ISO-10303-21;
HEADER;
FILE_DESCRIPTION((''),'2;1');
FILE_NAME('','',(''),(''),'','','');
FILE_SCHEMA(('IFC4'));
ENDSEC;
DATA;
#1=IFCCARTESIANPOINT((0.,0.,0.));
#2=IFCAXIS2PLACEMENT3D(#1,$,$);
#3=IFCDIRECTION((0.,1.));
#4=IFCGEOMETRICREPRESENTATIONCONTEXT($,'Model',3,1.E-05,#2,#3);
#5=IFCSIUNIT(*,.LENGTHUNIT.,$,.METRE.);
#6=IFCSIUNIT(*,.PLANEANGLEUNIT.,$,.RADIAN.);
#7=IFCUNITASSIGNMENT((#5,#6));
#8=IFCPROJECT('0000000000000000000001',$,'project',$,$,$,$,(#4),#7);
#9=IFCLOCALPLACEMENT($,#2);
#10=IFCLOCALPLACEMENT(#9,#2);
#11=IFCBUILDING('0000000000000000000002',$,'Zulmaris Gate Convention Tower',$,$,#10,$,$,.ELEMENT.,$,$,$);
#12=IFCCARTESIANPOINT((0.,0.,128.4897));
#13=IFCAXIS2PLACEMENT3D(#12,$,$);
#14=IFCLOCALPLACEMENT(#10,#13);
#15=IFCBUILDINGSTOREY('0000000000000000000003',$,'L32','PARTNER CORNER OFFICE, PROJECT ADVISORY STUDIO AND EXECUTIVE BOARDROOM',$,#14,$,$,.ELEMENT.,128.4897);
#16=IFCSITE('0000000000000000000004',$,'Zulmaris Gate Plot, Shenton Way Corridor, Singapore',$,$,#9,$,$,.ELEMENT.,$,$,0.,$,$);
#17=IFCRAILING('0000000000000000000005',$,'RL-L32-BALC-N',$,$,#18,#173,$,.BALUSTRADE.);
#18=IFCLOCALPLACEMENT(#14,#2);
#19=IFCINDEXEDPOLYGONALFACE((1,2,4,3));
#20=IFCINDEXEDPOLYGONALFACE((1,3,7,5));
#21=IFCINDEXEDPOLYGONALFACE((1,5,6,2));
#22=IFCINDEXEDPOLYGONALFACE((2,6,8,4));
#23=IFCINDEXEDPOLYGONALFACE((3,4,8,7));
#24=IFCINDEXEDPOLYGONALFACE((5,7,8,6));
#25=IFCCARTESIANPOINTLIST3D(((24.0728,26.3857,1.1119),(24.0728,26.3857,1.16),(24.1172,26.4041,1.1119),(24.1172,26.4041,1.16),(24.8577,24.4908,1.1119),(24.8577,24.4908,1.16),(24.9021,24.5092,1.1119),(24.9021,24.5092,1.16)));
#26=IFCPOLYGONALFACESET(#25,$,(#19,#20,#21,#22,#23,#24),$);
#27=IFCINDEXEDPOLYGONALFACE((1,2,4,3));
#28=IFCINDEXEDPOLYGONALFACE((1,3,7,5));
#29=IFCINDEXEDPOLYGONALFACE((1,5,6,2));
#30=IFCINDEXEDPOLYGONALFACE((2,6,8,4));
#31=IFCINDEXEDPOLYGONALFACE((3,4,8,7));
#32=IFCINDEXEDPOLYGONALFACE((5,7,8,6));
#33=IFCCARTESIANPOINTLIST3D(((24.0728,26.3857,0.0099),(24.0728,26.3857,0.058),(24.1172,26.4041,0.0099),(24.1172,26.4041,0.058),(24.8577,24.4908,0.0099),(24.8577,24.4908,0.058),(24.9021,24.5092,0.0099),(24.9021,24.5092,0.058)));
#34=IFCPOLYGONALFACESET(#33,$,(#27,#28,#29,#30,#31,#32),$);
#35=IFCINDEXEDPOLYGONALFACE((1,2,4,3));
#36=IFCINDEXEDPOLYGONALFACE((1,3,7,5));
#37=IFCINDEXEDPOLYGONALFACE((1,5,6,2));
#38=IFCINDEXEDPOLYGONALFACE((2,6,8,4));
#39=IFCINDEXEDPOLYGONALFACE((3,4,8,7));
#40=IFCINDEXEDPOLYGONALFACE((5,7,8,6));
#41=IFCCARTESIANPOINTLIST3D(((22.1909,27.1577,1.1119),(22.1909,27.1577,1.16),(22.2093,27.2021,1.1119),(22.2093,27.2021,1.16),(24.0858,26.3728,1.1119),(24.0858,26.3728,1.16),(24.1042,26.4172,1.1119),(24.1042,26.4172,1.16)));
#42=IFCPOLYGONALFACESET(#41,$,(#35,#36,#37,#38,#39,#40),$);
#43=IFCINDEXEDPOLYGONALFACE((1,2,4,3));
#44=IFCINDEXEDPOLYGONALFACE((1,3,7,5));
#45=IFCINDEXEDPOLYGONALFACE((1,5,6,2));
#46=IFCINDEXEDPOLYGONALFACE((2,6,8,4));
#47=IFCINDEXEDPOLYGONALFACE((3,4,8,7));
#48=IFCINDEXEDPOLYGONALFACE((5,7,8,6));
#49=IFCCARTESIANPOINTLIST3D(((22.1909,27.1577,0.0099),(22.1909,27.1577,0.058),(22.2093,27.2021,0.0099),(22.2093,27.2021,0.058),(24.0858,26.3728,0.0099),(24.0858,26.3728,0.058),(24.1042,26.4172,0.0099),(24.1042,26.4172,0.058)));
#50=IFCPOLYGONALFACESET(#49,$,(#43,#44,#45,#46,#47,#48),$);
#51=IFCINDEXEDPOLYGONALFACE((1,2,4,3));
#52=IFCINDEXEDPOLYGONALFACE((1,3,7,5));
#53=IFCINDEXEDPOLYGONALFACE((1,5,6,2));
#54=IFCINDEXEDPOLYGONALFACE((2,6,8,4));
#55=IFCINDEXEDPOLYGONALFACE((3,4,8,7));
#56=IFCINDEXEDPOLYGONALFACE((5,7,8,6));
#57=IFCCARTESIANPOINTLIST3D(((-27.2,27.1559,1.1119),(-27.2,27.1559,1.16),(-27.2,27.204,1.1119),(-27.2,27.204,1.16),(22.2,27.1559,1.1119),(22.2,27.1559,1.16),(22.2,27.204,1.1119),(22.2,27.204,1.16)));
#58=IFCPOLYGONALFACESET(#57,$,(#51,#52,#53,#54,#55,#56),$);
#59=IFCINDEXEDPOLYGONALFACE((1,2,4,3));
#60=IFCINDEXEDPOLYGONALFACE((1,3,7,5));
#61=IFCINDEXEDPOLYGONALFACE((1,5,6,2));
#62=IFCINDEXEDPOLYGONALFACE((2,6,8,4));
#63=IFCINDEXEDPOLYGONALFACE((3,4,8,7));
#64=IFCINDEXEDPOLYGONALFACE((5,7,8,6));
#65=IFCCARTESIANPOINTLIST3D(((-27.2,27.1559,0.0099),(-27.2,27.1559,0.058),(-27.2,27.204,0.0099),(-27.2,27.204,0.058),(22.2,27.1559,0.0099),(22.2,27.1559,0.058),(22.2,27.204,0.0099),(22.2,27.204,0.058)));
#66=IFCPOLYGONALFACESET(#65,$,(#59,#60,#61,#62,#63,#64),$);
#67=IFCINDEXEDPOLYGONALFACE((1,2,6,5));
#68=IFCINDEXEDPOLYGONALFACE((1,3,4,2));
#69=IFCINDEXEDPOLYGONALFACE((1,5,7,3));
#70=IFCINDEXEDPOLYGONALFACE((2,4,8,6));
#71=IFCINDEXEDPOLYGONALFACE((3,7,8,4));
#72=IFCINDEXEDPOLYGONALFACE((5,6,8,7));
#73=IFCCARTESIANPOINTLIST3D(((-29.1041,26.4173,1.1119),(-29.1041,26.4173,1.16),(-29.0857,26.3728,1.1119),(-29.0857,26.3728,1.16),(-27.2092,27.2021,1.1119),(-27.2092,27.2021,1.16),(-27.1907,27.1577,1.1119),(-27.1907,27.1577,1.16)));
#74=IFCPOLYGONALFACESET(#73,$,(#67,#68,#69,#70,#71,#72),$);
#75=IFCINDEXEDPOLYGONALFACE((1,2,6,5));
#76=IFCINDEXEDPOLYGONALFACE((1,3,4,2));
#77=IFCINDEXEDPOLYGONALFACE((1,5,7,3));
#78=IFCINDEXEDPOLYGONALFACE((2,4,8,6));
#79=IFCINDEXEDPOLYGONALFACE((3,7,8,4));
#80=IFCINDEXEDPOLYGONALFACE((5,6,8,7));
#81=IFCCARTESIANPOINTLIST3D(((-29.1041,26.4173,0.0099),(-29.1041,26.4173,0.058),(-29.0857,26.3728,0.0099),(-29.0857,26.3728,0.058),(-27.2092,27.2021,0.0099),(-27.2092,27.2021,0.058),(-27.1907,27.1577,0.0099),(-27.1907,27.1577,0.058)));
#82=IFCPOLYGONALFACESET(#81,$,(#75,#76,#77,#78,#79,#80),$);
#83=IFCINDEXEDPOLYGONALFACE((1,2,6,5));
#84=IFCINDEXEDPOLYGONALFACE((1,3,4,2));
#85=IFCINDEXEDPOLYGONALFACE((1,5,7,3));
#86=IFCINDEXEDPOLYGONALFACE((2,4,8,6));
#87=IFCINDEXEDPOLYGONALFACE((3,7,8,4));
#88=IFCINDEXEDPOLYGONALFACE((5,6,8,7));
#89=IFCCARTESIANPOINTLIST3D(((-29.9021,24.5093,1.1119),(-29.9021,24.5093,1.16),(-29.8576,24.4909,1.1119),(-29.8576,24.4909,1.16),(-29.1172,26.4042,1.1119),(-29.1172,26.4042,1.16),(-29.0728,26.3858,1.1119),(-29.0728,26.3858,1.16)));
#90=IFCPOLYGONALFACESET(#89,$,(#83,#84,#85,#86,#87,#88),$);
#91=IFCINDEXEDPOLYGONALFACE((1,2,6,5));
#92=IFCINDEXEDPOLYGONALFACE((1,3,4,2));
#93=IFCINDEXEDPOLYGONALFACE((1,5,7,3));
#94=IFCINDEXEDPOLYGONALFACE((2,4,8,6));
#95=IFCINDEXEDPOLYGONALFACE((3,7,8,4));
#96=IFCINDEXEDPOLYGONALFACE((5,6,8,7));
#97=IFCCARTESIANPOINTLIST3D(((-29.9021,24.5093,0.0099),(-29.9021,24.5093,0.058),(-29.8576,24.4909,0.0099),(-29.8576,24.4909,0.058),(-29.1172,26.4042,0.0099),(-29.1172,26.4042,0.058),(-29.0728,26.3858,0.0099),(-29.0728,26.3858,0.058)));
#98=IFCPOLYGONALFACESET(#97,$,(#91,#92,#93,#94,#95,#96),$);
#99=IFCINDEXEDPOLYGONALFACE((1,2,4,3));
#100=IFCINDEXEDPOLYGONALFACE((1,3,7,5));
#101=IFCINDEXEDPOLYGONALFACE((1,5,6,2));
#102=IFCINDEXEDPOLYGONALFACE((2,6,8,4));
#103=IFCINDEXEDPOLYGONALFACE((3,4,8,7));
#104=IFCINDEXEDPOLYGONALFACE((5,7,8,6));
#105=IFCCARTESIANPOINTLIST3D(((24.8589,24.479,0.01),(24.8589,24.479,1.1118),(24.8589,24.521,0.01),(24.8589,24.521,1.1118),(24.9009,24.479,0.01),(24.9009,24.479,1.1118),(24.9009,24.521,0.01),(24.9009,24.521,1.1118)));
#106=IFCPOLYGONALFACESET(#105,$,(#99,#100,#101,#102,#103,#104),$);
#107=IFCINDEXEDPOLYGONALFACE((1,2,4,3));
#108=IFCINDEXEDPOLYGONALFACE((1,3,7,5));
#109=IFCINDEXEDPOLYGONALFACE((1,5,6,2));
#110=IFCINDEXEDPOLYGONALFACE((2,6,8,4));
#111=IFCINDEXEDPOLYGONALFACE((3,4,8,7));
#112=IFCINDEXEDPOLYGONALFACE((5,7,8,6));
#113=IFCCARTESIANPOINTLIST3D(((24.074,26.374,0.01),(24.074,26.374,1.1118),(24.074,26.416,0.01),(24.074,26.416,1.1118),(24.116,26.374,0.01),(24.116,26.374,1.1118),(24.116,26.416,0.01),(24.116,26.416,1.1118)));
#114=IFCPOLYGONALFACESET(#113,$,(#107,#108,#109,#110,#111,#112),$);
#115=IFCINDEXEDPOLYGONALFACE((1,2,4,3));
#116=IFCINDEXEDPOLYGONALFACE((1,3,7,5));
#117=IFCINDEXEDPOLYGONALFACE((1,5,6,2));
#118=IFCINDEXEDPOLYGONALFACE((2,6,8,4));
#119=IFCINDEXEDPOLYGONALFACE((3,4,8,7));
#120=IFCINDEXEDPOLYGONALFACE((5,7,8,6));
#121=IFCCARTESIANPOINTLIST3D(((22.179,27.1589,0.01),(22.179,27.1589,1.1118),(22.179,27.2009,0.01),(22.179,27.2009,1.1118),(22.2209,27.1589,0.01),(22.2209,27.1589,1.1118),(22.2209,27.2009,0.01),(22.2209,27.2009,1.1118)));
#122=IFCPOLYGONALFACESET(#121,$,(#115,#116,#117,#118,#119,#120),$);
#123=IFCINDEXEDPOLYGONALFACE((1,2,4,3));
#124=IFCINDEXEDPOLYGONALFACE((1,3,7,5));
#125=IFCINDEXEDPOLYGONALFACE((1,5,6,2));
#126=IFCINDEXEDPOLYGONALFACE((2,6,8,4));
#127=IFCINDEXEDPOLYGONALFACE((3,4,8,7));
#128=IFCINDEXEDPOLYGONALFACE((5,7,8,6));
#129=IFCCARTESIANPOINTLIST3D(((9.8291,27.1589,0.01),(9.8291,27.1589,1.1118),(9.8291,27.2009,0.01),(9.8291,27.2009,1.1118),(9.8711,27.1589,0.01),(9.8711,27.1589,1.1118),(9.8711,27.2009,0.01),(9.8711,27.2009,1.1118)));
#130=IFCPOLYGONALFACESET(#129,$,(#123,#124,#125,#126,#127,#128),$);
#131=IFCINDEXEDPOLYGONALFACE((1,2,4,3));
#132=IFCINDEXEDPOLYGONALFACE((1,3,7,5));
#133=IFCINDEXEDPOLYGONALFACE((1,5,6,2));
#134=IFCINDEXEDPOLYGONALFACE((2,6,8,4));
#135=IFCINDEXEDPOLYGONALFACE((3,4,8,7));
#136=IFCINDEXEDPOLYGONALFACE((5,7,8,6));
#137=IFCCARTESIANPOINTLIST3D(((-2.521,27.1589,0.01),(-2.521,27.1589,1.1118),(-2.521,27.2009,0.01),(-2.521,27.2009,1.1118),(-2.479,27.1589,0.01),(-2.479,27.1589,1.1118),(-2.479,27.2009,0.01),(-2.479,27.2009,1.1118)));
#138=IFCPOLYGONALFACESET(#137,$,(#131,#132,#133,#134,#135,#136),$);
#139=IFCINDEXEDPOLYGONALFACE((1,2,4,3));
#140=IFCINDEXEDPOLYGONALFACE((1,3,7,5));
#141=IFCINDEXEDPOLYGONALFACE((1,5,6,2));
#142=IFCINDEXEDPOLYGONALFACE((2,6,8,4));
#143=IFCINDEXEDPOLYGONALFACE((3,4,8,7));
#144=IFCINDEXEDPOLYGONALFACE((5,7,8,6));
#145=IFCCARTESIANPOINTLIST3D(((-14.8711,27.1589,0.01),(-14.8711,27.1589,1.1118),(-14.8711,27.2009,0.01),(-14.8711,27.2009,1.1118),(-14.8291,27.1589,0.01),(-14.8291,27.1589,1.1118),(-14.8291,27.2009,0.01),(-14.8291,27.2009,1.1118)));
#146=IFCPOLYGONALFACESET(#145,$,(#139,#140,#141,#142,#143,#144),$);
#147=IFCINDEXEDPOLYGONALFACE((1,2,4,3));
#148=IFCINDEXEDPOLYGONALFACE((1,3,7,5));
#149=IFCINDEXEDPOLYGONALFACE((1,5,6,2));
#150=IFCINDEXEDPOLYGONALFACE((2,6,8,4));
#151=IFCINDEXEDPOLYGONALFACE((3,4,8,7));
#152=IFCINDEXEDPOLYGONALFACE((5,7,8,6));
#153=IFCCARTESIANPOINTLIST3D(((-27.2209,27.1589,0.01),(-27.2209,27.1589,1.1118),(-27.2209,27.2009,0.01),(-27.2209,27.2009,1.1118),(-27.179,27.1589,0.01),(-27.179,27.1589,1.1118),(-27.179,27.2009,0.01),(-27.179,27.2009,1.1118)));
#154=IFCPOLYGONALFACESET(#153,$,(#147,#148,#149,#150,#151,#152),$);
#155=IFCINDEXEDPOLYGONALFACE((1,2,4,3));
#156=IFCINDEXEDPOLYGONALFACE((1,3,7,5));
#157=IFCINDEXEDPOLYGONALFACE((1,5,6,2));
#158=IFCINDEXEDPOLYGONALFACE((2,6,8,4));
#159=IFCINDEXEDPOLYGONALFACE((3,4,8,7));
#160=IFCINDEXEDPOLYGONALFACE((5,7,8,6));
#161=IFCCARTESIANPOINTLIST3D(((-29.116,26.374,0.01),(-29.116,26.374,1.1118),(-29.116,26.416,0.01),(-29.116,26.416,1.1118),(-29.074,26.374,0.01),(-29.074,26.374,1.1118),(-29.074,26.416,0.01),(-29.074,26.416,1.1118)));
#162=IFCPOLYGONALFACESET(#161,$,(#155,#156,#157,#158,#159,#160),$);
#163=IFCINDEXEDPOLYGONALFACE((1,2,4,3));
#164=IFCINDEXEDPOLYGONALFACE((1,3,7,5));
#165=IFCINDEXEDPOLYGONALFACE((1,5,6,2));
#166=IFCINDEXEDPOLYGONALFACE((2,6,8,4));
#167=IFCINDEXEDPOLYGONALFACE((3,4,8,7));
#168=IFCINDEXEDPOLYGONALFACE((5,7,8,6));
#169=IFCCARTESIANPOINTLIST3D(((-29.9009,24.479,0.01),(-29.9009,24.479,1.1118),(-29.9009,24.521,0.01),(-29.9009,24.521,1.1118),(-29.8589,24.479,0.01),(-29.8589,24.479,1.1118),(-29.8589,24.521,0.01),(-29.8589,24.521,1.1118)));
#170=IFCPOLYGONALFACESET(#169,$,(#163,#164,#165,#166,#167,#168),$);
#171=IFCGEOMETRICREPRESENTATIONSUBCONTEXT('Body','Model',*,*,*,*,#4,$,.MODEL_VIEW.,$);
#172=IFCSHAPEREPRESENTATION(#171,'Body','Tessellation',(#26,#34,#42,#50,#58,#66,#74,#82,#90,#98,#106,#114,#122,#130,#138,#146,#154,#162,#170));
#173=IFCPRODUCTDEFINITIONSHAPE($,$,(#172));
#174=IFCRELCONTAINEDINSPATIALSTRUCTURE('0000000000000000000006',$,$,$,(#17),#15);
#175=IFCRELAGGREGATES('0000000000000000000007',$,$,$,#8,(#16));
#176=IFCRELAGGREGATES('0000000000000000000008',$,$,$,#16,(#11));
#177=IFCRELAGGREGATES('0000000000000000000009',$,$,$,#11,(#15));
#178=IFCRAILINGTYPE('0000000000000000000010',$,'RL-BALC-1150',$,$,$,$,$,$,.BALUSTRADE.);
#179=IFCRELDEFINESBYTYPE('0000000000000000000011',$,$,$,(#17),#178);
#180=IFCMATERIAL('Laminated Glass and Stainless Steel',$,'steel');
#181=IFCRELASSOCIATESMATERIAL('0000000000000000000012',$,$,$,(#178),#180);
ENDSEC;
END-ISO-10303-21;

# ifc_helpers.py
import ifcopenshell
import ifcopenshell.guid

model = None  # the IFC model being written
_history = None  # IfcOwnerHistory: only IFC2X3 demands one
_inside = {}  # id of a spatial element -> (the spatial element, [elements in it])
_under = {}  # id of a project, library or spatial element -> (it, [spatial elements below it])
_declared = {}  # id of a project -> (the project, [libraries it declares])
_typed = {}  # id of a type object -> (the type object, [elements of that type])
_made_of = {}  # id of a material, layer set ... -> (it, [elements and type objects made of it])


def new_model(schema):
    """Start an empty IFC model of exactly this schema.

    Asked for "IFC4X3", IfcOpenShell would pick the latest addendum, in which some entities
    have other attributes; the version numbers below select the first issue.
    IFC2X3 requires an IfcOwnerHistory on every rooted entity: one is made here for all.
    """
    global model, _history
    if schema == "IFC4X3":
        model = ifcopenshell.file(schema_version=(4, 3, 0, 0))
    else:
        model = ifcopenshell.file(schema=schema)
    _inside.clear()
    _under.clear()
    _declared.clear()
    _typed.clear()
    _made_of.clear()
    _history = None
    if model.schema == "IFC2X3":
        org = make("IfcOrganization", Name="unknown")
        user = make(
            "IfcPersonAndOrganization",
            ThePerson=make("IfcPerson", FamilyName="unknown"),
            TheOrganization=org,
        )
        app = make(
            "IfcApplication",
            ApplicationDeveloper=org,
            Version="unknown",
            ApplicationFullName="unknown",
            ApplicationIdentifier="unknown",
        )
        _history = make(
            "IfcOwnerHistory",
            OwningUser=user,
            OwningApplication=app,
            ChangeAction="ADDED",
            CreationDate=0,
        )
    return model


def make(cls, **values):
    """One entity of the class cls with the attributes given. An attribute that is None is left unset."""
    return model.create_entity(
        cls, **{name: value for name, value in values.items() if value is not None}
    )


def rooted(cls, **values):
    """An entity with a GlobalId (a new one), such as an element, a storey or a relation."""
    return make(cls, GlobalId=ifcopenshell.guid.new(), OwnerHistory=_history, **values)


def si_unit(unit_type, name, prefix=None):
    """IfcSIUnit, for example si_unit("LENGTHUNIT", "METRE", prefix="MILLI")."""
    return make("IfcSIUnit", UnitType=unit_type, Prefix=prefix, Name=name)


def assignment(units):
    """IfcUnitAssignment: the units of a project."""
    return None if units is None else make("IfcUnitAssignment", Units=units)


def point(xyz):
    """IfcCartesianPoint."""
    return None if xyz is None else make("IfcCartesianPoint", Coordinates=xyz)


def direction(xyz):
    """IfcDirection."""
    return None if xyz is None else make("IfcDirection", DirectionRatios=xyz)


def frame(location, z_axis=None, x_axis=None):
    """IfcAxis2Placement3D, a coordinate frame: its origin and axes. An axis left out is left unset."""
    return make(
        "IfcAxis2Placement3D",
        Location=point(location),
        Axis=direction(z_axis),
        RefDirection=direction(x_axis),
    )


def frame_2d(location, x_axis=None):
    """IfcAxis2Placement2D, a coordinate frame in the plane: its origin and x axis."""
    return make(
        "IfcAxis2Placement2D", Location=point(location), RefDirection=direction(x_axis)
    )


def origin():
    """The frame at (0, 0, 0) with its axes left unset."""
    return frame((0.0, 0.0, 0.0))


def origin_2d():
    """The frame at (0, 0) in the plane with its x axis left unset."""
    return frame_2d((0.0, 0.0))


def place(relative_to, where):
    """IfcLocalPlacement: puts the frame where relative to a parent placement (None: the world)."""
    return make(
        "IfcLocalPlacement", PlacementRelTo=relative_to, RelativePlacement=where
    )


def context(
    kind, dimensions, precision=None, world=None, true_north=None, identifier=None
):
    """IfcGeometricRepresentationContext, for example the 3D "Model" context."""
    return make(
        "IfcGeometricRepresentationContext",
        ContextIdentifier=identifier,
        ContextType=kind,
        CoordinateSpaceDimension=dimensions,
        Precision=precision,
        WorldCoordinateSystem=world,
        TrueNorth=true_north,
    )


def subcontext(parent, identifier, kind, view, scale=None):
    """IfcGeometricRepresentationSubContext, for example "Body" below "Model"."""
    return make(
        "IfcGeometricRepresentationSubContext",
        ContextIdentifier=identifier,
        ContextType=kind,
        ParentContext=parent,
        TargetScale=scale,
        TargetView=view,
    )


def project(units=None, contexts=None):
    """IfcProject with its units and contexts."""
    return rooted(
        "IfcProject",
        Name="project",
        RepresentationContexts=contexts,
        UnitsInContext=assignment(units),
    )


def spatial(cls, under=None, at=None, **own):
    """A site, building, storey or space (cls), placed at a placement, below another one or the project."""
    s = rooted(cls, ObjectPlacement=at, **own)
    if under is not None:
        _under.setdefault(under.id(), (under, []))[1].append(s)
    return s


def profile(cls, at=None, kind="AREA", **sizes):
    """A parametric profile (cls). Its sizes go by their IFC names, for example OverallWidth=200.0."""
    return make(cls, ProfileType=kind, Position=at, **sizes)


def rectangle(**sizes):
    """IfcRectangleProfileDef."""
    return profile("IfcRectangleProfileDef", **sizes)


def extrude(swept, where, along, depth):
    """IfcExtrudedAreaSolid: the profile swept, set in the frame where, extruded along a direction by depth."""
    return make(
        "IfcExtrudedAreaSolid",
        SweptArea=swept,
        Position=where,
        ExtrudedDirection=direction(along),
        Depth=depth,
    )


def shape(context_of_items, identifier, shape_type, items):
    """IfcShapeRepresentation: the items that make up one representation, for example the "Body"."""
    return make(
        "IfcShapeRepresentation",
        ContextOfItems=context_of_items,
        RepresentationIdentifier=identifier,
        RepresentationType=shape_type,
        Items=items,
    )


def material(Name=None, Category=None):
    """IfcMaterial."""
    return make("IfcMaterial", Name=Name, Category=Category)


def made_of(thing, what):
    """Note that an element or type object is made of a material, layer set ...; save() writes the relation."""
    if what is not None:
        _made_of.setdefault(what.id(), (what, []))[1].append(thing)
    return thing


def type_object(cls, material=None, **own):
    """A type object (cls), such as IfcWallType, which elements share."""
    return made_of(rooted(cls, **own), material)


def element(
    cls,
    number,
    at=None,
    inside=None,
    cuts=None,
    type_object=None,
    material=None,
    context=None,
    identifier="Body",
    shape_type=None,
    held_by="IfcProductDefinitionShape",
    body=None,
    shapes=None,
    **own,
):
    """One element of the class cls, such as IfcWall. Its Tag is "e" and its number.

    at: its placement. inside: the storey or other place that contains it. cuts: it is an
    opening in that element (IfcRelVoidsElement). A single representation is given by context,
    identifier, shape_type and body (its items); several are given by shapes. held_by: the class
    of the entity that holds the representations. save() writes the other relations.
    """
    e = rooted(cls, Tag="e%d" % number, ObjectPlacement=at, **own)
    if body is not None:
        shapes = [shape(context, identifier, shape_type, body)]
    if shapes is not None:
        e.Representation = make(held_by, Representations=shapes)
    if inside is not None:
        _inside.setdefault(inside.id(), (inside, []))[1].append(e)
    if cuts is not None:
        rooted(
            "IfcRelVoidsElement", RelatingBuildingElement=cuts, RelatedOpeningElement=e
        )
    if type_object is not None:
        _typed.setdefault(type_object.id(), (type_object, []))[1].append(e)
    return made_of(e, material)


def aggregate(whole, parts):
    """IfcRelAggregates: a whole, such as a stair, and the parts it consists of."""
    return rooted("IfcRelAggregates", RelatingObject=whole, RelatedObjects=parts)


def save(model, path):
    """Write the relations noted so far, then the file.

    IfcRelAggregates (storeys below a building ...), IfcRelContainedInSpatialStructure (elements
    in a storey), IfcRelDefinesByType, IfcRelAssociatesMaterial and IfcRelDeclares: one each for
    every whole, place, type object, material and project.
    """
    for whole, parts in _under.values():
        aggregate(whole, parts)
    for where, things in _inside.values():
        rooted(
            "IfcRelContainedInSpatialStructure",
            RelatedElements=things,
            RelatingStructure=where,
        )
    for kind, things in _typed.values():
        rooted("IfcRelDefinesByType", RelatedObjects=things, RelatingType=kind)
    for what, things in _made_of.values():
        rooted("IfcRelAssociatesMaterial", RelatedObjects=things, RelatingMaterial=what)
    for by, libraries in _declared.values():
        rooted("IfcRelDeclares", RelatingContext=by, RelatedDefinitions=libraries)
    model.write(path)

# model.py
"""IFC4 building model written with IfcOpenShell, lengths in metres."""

from ifc_helpers import new_model, si_unit, direction, frame, origin, origin_2d, place, context, subcontext, project, spatial, rectangle, extrude, material, type_object, element, save


model = new_model("IFC4")

# Units and contexts
model_context = context("Model", 3, precision=1e-05, world=origin(), true_north=direction((0.0, 1.0)))
body_context = subcontext(model_context, "Body", "Model", "MODEL_VIEW")
ifc_project = project(units=[si_unit("LENGTHUNIT", "METRE"), si_unit("PLANEANGLEUNIT", "RADIAN")], contexts=[model_context])

# Site, building, storey
site_placement = place(None, origin())
site = spatial("IfcSite", under=ifc_project, at=site_placement, Name="Zulmaris Gate Plot, Shenton Way Corridor, Singapore", CompositionType="ELEMENT", RefElevation=0.0)
building_placement = place(site_placement, origin())
building = spatial("IfcBuilding", under=site, at=building_placement, Name="Zulmaris Gate Convention Tower", CompositionType="ELEMENT")
storey_placement = place(building_placement, frame((0.0, 0.0, 128.4897)))
storey = spatial("IfcBuildingStorey", under=building, at=storey_placement, Name="L32", Description="PARTNER CORNER OFFICE, PROJECT ADVISORY STUDIO AND EXECUTIVE BOARDROOM", CompositionType="ELEMENT", Elevation=128.4897)

# Railing
ifc_material_1 = material(Name="Laminated Glass and Stainless Steel", Category="steel")
railing_type = type_object("IfcRailingType", Name="RL-BALC-1150", PredefinedType="BALUSTRADE", material=ifc_material_1)
railing_placement = place(storey_placement, frame((24.8799, 24.5, 0.01)))
element("IfcRailing", 1, at=railing_placement, inside=storey, type_object=railing_type, Name="RL-L32-BALC-N", PredefinedType="BALUSTRADE", context=body_context, shape_type="SweptSolid", body=[
    extrude(rectangle(XDim=0.0481, YDim=0.0481, at=origin_2d()), frame((0.0, 0.0, 1.126), z_axis=(-0.382671, 0.923885, 0.0), x_axis=(-0.923885, -0.382671, 0.0)), (0.0, 0.0, 1.0), 2.051),
    extrude(rectangle(XDim=0.0481, YDim=0.0481, at=origin_2d()), frame((0.0, 0.0, 0.0239), z_axis=(-0.382671, 0.923885, 0.0), x_axis=(-0.923885, -0.382671, 0.0)), (0.0, 0.0, 1.0), 2.051),
    extrude(rectangle(XDim=0.0481, YDim=0.0481, at=origin_2d()), frame((-0.7849, 1.895, 1.126), z_axis=(-0.923885, 0.382671, 0.0), x_axis=(-0.382671, -0.923885, 0.0)), (0.0, 0.0, 1.0), 2.051),
    extrude(rectangle(XDim=0.0481, YDim=0.0481, at=origin_2d()), frame((-0.7849, 1.895, 0.0239), z_axis=(-0.923885, 0.382671, 0.0), x_axis=(-0.382671, -0.923885, 0.0)), (0.0, 0.0, 1.0), 2.051),
    extrude(rectangle(XDim=0.0481, YDim=0.0481, at=origin_2d()), frame((-2.6799, 2.6799, 1.126), z_axis=(-1.0, 0.0, 0.0), x_axis=(0.0, -1.0, 0.0)), (0.0, 0.0, 1.0), 49.3999),
    extrude(rectangle(XDim=0.0481, YDim=0.0481, at=origin_2d()), frame((-2.6799, 2.6799, 0.0239), z_axis=(-1.0, 0.0, 0.0), x_axis=(0.0, -1.0, 0.0)), (0.0, 0.0, 1.0), 49.3999),
    extrude(rectangle(XDim=0.0481, YDim=0.0481, at=origin_2d()), frame((-52.0798, 2.6799, 1.126), z_axis=(-0.923885, -0.382671, 0.0), x_axis=(0.382671, -0.923885, 0.0)), (0.0, 0.0, 1.0), 2.051),
    extrude(rectangle(XDim=0.0481, YDim=0.0481, at=origin_2d()), frame((-52.0798, 2.6799, 0.0239), z_axis=(-0.923885, -0.382671, 0.0), x_axis=(0.382671, -0.923885, 0.0)), (0.0, 0.0, 1.0), 2.051),
    extrude(rectangle(XDim=0.0481, YDim=0.0481, at=origin_2d()), frame((-53.9749, 1.895, 1.126), z_axis=(-0.382671, -0.923885, 0.0), x_axis=(0.923885, -0.382671, 0.0)), (0.0, 0.0, 1.0), 2.051),
    extrude(rectangle(XDim=0.0481, YDim=0.0481, at=origin_2d()), frame((-53.9749, 1.895, 0.0239), z_axis=(-0.382671, -0.923885, 0.0), x_axis=(0.923885, -0.382671, 0.0)), (0.0, 0.0, 1.0), 2.051),
    extrude(rectangle(XDim=0.042, YDim=0.042, at=origin_2d()), origin(), (0.0, 0.0, 1.0), 1.1018),
    extrude(rectangle(XDim=0.042, YDim=0.042, at=origin_2d()), frame((-0.7849, 1.895, 0.0)), (0.0, 0.0, 1.0), 1.1018),
    extrude(rectangle(XDim=0.042, YDim=0.042, at=origin_2d()), frame((-2.6799, 2.6799, 0.0)), (0.0, 0.0, 1.0), 1.1018),
    extrude(rectangle(XDim=0.042, YDim=0.042, at=origin_2d()), frame((-15.0298, 2.6799, 0.0)), (0.0, 0.0, 1.0), 1.1018),
    extrude(rectangle(XDim=0.042, YDim=0.042, at=origin_2d()), frame((-27.3799, 2.6799, 0.0)), (0.0, 0.0, 1.0), 1.1018),
    extrude(rectangle(XDim=0.042, YDim=0.042, at=origin_2d()), frame((-39.73, 2.6799, 0.0)), (0.0, 0.0, 1.0), 1.1018),
    extrude(rectangle(XDim=0.042, YDim=0.042, at=origin_2d()), frame((-52.0798, 2.6799, 0.0)), (0.0, 0.0, 1.0), 1.1018),
    extrude(rectangle(XDim=0.042, YDim=0.042, at=origin_2d()), frame((-53.9749, 1.895, 0.0)), (0.0, 0.0, 1.0), 1.1018),
    extrude(rectangle(XDim=0.042, YDim=0.042, at=origin_2d()), frame((-54.7598, 0.0, 0.0)), (0.0, 0.0, 1.0), 1.1018),
])

save(model, "model.ifc")
